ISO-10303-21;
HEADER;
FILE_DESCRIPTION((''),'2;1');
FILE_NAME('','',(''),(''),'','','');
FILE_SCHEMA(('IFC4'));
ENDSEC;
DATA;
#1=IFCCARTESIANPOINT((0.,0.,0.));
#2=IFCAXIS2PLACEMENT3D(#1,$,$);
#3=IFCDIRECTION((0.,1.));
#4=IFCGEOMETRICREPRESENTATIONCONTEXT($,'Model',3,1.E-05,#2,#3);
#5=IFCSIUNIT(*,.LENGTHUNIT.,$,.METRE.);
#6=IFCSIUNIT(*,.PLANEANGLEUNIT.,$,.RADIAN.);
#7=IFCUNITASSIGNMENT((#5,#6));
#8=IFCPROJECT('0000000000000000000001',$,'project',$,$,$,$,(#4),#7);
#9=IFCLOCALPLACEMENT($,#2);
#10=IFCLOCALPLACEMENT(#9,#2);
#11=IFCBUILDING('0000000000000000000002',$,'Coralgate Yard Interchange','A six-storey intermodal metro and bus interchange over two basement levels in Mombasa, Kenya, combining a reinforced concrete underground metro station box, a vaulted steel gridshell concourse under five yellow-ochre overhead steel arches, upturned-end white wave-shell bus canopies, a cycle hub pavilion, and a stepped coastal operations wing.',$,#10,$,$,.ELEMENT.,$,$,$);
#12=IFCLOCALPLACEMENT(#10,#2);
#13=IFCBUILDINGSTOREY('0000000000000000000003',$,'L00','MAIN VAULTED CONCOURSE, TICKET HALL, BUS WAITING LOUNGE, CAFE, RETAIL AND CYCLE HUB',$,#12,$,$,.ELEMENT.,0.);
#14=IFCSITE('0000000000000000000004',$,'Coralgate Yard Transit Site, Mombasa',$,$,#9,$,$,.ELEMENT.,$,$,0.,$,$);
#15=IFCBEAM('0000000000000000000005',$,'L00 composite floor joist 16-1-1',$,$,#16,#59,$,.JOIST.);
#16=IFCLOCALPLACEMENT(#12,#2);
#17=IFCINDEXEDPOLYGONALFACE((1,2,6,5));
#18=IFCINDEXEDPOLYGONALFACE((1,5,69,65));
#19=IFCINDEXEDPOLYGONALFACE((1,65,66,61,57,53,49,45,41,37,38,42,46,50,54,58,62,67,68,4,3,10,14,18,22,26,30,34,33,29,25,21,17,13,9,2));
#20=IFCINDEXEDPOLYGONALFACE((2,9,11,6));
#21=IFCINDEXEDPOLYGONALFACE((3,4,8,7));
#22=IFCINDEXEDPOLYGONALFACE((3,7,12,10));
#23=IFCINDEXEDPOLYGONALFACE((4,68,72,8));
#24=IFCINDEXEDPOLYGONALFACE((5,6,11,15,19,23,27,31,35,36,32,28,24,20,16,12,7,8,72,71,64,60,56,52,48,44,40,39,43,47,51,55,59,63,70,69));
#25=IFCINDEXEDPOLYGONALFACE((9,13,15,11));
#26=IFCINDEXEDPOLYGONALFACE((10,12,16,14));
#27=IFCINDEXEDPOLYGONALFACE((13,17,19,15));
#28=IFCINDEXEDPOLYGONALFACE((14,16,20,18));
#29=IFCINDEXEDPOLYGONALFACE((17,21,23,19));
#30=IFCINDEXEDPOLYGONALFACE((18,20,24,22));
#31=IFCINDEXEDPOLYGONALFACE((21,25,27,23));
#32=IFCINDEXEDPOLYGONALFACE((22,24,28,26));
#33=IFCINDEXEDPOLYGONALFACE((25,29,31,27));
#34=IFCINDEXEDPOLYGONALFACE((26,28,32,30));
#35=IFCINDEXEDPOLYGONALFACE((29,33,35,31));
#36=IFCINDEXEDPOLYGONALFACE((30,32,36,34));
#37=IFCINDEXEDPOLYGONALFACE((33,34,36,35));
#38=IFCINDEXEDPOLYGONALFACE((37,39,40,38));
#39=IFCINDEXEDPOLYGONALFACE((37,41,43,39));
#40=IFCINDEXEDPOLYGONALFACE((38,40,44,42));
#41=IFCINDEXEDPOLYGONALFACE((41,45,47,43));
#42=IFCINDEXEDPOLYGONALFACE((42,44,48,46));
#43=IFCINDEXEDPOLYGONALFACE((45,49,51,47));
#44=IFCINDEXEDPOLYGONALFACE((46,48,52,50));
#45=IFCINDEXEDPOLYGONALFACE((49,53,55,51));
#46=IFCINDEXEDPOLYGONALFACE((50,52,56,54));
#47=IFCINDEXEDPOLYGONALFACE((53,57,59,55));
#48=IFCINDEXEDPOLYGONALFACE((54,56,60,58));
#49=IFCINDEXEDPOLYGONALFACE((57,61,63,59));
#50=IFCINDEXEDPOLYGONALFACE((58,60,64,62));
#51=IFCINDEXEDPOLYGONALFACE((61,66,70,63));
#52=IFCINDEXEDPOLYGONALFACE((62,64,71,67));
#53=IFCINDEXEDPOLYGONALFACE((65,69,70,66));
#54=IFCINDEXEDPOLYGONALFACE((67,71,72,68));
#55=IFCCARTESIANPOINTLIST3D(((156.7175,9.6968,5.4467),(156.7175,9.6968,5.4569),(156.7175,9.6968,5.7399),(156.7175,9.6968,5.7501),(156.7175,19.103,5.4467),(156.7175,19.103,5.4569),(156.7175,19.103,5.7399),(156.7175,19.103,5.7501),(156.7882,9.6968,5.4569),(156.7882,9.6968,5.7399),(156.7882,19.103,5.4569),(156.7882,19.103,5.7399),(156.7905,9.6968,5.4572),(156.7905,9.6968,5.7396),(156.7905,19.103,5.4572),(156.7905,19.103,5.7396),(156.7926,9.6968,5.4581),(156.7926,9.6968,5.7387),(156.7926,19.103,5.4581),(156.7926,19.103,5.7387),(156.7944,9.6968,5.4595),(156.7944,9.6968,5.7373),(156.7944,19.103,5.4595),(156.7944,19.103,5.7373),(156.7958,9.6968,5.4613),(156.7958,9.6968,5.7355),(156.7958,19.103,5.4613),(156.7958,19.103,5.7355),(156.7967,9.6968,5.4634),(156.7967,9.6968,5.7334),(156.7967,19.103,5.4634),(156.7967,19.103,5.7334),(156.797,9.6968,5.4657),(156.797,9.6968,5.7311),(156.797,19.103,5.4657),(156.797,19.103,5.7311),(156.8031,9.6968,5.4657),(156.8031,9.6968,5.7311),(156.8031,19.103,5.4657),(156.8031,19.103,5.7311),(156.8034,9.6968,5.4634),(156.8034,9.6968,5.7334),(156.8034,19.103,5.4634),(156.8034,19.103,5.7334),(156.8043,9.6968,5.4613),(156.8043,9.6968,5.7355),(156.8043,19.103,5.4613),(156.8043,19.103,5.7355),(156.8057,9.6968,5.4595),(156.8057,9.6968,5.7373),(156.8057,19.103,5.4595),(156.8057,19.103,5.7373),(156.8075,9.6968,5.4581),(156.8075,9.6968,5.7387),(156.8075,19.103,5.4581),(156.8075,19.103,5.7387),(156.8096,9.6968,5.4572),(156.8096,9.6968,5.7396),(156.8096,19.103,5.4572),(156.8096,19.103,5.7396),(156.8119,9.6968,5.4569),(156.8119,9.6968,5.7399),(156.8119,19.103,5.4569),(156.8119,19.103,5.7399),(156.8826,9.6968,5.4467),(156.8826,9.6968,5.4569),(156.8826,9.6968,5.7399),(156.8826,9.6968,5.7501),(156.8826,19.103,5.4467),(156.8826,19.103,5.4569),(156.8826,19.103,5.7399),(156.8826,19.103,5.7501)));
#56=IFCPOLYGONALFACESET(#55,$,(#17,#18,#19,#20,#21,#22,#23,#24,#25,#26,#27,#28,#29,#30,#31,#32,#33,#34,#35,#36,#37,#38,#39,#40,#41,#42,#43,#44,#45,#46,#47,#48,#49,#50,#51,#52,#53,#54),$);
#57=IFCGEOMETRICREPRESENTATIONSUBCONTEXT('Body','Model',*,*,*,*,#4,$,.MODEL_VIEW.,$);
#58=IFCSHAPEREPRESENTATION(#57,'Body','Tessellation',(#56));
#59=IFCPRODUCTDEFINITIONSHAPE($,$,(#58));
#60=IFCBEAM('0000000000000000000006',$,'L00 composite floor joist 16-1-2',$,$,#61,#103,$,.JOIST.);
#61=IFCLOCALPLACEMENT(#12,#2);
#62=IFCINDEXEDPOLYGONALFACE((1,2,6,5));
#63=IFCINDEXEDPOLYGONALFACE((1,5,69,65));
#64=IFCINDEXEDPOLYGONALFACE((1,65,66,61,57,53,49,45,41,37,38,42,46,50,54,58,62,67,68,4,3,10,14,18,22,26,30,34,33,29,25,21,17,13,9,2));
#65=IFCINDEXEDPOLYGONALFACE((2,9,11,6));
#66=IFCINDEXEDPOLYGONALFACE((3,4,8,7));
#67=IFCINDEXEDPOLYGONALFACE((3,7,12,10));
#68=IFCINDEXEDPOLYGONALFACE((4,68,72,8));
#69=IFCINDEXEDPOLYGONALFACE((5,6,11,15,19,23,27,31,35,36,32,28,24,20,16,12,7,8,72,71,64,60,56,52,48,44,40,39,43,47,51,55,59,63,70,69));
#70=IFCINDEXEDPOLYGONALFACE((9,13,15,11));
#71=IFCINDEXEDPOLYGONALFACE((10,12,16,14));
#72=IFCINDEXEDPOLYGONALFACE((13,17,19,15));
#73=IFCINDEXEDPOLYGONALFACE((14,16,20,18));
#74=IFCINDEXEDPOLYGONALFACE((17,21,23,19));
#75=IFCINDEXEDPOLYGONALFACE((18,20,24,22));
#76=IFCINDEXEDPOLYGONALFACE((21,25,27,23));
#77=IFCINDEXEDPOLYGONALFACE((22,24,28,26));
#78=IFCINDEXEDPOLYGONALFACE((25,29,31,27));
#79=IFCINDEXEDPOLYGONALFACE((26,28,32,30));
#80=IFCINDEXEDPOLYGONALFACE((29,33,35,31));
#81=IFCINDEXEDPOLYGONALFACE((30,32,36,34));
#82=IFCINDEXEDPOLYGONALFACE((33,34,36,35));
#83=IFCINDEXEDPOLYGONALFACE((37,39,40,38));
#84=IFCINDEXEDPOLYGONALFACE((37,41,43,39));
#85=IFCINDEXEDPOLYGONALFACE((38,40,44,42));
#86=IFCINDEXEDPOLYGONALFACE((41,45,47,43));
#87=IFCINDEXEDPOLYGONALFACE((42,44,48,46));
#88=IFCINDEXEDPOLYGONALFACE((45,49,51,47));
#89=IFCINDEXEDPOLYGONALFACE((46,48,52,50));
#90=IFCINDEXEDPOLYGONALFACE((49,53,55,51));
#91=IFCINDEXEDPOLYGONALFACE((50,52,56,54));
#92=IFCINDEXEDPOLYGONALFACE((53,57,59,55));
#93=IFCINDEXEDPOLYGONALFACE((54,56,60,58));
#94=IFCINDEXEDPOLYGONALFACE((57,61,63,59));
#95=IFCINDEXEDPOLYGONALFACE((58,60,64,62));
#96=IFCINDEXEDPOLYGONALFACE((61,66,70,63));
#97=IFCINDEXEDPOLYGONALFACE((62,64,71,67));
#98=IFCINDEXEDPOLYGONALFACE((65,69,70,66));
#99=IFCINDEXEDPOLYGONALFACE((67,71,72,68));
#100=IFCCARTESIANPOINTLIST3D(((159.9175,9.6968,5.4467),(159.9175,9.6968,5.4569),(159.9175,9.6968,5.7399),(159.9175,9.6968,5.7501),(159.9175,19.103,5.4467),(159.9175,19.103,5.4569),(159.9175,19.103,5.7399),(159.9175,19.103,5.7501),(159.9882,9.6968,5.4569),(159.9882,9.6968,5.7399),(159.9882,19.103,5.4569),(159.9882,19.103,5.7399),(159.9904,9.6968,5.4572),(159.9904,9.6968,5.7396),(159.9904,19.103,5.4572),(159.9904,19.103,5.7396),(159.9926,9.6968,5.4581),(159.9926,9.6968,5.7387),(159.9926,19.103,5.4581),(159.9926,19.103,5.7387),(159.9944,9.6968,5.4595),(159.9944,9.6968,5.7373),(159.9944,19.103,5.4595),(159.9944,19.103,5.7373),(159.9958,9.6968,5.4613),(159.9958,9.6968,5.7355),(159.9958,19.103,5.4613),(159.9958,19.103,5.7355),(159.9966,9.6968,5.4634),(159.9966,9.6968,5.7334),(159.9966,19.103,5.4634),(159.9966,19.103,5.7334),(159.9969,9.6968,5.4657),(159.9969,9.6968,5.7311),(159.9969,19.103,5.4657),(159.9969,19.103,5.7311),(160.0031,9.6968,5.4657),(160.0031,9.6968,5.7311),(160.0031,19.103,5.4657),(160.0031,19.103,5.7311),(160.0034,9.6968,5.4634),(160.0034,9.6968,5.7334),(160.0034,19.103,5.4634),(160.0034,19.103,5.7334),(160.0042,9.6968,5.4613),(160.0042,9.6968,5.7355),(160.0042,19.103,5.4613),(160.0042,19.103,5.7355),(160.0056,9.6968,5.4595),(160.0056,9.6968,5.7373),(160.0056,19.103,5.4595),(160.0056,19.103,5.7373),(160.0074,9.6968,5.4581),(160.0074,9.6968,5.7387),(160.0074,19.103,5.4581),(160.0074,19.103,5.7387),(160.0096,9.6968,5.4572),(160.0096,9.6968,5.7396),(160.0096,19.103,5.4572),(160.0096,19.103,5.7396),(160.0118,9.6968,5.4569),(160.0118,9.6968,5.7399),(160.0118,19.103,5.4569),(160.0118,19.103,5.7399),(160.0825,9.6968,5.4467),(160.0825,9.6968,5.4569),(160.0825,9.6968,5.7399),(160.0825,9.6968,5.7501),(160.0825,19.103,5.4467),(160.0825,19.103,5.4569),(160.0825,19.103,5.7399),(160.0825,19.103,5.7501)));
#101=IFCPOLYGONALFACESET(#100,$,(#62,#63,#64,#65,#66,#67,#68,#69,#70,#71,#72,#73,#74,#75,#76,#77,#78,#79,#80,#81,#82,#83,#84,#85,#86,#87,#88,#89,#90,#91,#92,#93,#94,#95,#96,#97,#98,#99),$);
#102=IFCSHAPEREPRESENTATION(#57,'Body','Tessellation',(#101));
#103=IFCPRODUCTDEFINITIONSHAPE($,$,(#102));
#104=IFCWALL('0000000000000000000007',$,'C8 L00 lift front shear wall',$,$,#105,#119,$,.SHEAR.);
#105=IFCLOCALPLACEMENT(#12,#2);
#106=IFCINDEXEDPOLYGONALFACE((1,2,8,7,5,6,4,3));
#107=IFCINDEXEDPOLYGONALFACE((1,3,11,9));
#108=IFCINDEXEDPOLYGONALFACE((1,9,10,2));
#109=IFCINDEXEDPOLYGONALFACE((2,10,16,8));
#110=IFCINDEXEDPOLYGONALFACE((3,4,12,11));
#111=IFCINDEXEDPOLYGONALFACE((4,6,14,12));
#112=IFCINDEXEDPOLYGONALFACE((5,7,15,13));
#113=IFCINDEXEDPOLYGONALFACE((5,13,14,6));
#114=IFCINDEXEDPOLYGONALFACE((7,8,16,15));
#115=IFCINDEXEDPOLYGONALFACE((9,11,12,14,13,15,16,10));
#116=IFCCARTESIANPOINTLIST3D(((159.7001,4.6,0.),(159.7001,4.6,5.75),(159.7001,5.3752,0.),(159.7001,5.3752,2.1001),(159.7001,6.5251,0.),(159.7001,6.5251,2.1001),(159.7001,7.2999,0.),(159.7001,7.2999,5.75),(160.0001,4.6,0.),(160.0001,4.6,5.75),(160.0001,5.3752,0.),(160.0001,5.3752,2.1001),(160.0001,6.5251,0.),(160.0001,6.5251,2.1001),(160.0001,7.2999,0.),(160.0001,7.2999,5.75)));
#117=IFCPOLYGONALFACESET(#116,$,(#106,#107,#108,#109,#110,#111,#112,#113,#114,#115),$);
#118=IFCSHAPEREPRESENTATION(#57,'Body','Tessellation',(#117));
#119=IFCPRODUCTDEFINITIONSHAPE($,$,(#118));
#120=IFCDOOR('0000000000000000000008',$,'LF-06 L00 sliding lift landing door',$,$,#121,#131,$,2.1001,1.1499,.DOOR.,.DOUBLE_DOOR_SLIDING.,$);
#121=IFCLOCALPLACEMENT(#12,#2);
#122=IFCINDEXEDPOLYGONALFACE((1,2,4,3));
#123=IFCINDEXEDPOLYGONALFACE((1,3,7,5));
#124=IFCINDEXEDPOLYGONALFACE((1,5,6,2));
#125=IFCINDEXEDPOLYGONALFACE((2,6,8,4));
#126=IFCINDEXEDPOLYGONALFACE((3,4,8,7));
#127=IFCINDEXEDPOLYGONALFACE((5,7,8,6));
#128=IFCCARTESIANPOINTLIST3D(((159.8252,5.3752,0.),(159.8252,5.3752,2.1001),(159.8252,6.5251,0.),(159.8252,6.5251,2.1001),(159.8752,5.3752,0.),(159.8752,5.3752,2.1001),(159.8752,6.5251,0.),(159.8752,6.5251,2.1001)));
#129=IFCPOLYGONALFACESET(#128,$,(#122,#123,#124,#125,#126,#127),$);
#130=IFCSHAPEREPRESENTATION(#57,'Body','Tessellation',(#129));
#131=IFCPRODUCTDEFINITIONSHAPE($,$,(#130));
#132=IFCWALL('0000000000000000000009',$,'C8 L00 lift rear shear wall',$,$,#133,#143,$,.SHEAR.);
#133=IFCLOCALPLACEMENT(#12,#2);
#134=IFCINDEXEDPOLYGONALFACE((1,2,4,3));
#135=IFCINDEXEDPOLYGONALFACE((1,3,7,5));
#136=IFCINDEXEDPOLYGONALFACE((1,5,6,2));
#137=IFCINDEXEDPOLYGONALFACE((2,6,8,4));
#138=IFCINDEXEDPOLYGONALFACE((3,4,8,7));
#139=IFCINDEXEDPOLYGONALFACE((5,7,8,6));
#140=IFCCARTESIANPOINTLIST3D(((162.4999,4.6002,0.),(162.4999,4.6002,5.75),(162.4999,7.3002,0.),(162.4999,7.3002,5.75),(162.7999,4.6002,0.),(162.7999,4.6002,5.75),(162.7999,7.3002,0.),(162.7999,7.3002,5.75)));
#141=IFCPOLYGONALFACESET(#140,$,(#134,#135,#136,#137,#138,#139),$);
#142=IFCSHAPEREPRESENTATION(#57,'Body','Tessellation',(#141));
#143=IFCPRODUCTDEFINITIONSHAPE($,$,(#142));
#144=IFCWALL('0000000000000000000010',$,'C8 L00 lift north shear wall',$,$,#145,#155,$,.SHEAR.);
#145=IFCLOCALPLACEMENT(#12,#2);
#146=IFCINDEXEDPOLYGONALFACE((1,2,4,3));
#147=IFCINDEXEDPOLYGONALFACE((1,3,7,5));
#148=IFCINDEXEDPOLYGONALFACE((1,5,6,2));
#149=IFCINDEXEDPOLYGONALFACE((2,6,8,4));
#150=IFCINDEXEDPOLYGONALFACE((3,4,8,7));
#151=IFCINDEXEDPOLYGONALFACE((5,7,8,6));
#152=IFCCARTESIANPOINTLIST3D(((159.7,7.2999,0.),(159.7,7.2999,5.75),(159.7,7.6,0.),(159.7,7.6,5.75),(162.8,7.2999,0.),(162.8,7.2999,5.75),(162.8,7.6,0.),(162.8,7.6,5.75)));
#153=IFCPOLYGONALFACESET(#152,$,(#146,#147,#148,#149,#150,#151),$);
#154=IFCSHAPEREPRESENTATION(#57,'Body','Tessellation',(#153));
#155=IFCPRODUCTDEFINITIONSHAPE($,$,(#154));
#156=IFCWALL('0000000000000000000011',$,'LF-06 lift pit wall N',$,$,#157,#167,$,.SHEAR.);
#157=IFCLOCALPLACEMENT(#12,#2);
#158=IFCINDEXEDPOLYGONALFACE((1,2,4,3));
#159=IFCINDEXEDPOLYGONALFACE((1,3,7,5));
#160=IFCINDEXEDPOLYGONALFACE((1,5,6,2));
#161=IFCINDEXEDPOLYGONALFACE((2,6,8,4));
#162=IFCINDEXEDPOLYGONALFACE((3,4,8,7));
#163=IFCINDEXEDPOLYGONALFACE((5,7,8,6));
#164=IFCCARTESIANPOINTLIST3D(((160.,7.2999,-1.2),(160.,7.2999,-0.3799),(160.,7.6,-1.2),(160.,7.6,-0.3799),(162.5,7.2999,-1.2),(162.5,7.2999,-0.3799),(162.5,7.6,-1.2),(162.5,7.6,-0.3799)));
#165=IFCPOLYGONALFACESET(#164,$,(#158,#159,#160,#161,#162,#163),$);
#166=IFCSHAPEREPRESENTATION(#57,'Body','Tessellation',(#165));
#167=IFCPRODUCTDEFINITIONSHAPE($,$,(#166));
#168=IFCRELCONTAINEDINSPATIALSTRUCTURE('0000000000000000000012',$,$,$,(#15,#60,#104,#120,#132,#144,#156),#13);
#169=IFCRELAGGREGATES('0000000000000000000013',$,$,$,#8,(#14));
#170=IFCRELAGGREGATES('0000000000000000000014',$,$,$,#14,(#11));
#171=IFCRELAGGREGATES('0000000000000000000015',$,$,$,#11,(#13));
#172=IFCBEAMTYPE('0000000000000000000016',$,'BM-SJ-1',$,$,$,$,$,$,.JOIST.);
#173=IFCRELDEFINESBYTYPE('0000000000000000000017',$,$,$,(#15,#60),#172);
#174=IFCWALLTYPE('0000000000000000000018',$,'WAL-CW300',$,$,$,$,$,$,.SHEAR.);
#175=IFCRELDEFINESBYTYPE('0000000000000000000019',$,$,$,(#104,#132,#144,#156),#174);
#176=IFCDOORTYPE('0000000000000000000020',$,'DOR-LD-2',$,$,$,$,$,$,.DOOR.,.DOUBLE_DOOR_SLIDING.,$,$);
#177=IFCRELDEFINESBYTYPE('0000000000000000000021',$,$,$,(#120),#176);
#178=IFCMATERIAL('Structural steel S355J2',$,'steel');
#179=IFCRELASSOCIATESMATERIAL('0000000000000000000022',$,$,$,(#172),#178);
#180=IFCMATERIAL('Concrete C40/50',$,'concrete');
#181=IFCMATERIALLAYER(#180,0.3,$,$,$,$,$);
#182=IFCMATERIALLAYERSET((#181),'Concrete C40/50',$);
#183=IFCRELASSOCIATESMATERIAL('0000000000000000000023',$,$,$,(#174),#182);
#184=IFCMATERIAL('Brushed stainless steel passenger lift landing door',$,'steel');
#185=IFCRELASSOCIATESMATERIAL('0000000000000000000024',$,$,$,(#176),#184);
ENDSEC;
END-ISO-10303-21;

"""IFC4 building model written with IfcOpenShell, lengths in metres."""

from ifc_helpers import new_model, si_unit, direction, frame, frame_2d, origin, origin_2d, place, context, subcontext, project, spatial, rectangle, i_section, extrude, material, layer, layer_set, material_profile, profile_set, type_object, element, fill, save


model = new_model("IFC4")

# Units and contexts
model_context = context("Model", 3, precision=1e-05, world=origin(), true_north=direction((0.0, 1.0)))
body_context = subcontext(model_context, "Body", "Model", "MODEL_VIEW")
ifc_project = project(units=[si_unit("LENGTHUNIT", "METRE"), si_unit("PLANEANGLEUNIT", "RADIAN")], contexts=[model_context])

# Site, building, storey
site_placement = place(None, origin())
site = spatial("IfcSite", under=ifc_project, at=site_placement, Name="Coralgate Yard Transit Site, Mombasa", CompositionType="ELEMENT", RefElevation=0.0)
building_placement = place(site_placement, origin())
building = spatial("IfcBuilding", under=site, at=building_placement, Name="Coralgate Yard Interchange", Description="A six-storey intermodal metro and bus interchange over two basement levels in Mombasa, Kenya, combining a reinforced concrete underground metro station box, a vaulted steel gridshell concourse under five yellow-ochre overhead steel arches, upturned-end white wave-shell bus canopies, a cycle hub pavilion, and a stepped coastal operations wing.", CompositionType="ELEMENT")
storey_placement = place(building_placement, origin())
storey = spatial("IfcBuildingStorey", under=building, at=storey_placement, Name="L00", Description="MAIN VAULTED CONCOURSE, TICKET HALL, BUS WAITING LOUNGE, CAFE, RETAIL AND CYCLE HUB", CompositionType="ELEMENT", Elevation=0.0)

# Shared definitions
ifc_material_1 = material(Name="Concrete C40/50", Category="concrete")

# Shared definitions
ifc_material_2 = material(Name="Structural steel S355J2", Category="steel")

# Beams
ifc_material_profile_1 = material_profile(ifc_material_2, i_section(OverallWidth=0.165, OverallDepth=0.3035, WebThickness=0.0061, FlangeThickness=0.0103, FilletRadius=0.0088, at=origin_2d()), Name="UB 305x165x40")
ifc_profile_set_1 = profile_set([ifc_material_profile_1], Name="Structural steel S355J2")
beam_type_1 = type_object("IfcBeamType", Name="BM-SJ-1", PredefinedType="JOIST", material=ifc_profile_set_1)
for number, where, z_axis, x_axis, name in (
    (1, (156.8, 9.6968, 5.5984), (0.0, 1.0, 0.0), (-1.0, 0.0, 0.0), "L00 composite floor joist 16-1-1"),
    (2, (160.0, 9.6968, 5.5984), (0.0, 1.0, 0.0), (-1.0, 0.0, 0.0), "L00 composite floor joist 16-1-2"),
):
    element("IfcBeam", number, at=place(storey_placement, frame(where, z_axis=z_axis, x_axis=x_axis)), inside=storey, type_object=beam_type_1, Name=name, PredefinedType="JOIST", context=body_context, shape_type="SweptSolid", body=[
        extrude(i_section(OverallWidth=0.165, OverallDepth=0.3035, WebThickness=0.0061, FlangeThickness=0.0103, FilletRadius=0.0088, at=origin_2d()), origin(), (0.0, 0.0, 1.0), 9.4062),
    ])

# Wall, opening, door
ifc_layer_1 = layer(ifc_material_1, 0.3)
ifc_layer_set_1 = layer_set([ifc_layer_1], Name="Concrete C40/50")
wall_type_1 = type_object("IfcWallType", Name="WAL-CW300", PredefinedType="SHEAR", material=ifc_layer_set_1)
wall_1_placement = place(storey_placement, frame((159.8501, 7.3, 0.0), z_axis=(0.0, 0.0, 1.0), x_axis=(0.0, -1.0, 0.0)))
wall_1 = element("IfcWall", 3, at=wall_1_placement, inside=storey, type_object=wall_type_1, Name="C8 L00 lift front shear wall", PredefinedType="SHEAR", context=body_context, shape_type="SweptSolid", body=[
    extrude(rectangle(XDim=2.7, YDim=0.3, at=frame_2d((1.3501, 0.0))), origin(), (0.0, 0.0, 1.0), 5.75),
])
opening_1_placement = place(wall_1_placement, frame((0.7749, 0.0, 0.0)))
opening_1 = element("IfcOpeningElement", 4, at=opening_1_placement, cuts=wall_1, PredefinedType="OPENING", context=body_context, shape_type="SweptSolid", body=[
    extrude(rectangle(XDim=1.1499, YDim=2.1001, at=frame_2d((0.575, 1.05))), frame((0.0, 0.1599, 0.0), z_axis=(0.0, -1.0, 0.0), x_axis=(1.0, 0.0, 0.0)), (0.0, 0.0, 1.0), 0.3201),
])
ifc_material_3 = material(Name="Brushed stainless steel passenger lift landing door", Category="steel")
door_type_1 = type_object("IfcDoorType", Name="DOR-LD-2", OperationType="DOUBLE_DOOR_SLIDING", PredefinedType="DOOR", material=ifc_material_3)
door_1_placement = place(opening_1_placement, frame((1.1499, 0.0, 0.0), z_axis=(0.0, 0.0, 1.0), x_axis=(-1.0, 0.0, 0.0)))
door_1 = element("IfcDoor", 5, at=door_1_placement, inside=storey, type_object=door_type_1, Name="LF-06 L00 sliding lift landing door", OperationType="DOUBLE_DOOR_SLIDING", OverallHeight=2.1001, OverallWidth=1.1499, PredefinedType="DOOR", context=body_context, shape_type="SweptSolid", body=[
    extrude(rectangle(XDim=1.1499, YDim=2.1001, at=frame_2d((0.575, 1.05))), frame((0.0, 0.0249, 0.0), z_axis=(0.0, -1.0, 0.0), x_axis=(1.0, 0.0, 0.0)), (0.0, 0.0, 1.0), 0.05),
])
fill(opening_1, door_1)

# Walls
wall_2_placement = place(storey_placement, frame((162.6499, 4.6001, 0.0), z_axis=(0.0, 0.0, 1.0), x_axis=(0.0, 1.0, 0.0)))
element("IfcWall", 6, at=wall_2_placement, inside=storey, type_object=wall_type_1, Name="C8 L00 lift rear shear wall", PredefinedType="SHEAR", context=body_context, shape_type="SweptSolid", body=[
    extrude(rectangle(XDim=2.7, YDim=0.3, at=frame_2d((1.3501, 0.0))), origin(), (0.0, 0.0, 1.0), 5.75),
])
wall_3_placement = place(storey_placement, frame((159.7, 7.45, 0.0), z_axis=(0.0, 0.0, 1.0), x_axis=(1.0, 0.0, 0.0)))
element("IfcWall", 7, at=wall_3_placement, inside=storey, type_object=wall_type_1, Name="C8 L00 lift north shear wall", PredefinedType="SHEAR", context=body_context, shape_type="SweptSolid", body=[
    extrude(rectangle(XDim=3.1001, YDim=0.3, at=frame_2d((1.55, 0.0))), origin(), (0.0, 0.0, 1.0), 5.75),
])
wall_4_placement = place(storey_placement, frame((160.0, 7.45, -1.2), z_axis=(0.0, 0.0, 1.0), x_axis=(1.0, 0.0, 0.0)))
element("IfcWall", 8, at=wall_4_placement, inside=storey, type_object=wall_type_1, Name="LF-06 lift pit wall N", PredefinedType="SHEAR", context=body_context, shape_type="SweptSolid", body=[
    extrude(rectangle(XDim=2.5, YDim=0.3, at=frame_2d((1.25, 0.0))), origin(), (0.0, 0.0, 1.0), 0.8201),
])

save(model, "model.ifc")
